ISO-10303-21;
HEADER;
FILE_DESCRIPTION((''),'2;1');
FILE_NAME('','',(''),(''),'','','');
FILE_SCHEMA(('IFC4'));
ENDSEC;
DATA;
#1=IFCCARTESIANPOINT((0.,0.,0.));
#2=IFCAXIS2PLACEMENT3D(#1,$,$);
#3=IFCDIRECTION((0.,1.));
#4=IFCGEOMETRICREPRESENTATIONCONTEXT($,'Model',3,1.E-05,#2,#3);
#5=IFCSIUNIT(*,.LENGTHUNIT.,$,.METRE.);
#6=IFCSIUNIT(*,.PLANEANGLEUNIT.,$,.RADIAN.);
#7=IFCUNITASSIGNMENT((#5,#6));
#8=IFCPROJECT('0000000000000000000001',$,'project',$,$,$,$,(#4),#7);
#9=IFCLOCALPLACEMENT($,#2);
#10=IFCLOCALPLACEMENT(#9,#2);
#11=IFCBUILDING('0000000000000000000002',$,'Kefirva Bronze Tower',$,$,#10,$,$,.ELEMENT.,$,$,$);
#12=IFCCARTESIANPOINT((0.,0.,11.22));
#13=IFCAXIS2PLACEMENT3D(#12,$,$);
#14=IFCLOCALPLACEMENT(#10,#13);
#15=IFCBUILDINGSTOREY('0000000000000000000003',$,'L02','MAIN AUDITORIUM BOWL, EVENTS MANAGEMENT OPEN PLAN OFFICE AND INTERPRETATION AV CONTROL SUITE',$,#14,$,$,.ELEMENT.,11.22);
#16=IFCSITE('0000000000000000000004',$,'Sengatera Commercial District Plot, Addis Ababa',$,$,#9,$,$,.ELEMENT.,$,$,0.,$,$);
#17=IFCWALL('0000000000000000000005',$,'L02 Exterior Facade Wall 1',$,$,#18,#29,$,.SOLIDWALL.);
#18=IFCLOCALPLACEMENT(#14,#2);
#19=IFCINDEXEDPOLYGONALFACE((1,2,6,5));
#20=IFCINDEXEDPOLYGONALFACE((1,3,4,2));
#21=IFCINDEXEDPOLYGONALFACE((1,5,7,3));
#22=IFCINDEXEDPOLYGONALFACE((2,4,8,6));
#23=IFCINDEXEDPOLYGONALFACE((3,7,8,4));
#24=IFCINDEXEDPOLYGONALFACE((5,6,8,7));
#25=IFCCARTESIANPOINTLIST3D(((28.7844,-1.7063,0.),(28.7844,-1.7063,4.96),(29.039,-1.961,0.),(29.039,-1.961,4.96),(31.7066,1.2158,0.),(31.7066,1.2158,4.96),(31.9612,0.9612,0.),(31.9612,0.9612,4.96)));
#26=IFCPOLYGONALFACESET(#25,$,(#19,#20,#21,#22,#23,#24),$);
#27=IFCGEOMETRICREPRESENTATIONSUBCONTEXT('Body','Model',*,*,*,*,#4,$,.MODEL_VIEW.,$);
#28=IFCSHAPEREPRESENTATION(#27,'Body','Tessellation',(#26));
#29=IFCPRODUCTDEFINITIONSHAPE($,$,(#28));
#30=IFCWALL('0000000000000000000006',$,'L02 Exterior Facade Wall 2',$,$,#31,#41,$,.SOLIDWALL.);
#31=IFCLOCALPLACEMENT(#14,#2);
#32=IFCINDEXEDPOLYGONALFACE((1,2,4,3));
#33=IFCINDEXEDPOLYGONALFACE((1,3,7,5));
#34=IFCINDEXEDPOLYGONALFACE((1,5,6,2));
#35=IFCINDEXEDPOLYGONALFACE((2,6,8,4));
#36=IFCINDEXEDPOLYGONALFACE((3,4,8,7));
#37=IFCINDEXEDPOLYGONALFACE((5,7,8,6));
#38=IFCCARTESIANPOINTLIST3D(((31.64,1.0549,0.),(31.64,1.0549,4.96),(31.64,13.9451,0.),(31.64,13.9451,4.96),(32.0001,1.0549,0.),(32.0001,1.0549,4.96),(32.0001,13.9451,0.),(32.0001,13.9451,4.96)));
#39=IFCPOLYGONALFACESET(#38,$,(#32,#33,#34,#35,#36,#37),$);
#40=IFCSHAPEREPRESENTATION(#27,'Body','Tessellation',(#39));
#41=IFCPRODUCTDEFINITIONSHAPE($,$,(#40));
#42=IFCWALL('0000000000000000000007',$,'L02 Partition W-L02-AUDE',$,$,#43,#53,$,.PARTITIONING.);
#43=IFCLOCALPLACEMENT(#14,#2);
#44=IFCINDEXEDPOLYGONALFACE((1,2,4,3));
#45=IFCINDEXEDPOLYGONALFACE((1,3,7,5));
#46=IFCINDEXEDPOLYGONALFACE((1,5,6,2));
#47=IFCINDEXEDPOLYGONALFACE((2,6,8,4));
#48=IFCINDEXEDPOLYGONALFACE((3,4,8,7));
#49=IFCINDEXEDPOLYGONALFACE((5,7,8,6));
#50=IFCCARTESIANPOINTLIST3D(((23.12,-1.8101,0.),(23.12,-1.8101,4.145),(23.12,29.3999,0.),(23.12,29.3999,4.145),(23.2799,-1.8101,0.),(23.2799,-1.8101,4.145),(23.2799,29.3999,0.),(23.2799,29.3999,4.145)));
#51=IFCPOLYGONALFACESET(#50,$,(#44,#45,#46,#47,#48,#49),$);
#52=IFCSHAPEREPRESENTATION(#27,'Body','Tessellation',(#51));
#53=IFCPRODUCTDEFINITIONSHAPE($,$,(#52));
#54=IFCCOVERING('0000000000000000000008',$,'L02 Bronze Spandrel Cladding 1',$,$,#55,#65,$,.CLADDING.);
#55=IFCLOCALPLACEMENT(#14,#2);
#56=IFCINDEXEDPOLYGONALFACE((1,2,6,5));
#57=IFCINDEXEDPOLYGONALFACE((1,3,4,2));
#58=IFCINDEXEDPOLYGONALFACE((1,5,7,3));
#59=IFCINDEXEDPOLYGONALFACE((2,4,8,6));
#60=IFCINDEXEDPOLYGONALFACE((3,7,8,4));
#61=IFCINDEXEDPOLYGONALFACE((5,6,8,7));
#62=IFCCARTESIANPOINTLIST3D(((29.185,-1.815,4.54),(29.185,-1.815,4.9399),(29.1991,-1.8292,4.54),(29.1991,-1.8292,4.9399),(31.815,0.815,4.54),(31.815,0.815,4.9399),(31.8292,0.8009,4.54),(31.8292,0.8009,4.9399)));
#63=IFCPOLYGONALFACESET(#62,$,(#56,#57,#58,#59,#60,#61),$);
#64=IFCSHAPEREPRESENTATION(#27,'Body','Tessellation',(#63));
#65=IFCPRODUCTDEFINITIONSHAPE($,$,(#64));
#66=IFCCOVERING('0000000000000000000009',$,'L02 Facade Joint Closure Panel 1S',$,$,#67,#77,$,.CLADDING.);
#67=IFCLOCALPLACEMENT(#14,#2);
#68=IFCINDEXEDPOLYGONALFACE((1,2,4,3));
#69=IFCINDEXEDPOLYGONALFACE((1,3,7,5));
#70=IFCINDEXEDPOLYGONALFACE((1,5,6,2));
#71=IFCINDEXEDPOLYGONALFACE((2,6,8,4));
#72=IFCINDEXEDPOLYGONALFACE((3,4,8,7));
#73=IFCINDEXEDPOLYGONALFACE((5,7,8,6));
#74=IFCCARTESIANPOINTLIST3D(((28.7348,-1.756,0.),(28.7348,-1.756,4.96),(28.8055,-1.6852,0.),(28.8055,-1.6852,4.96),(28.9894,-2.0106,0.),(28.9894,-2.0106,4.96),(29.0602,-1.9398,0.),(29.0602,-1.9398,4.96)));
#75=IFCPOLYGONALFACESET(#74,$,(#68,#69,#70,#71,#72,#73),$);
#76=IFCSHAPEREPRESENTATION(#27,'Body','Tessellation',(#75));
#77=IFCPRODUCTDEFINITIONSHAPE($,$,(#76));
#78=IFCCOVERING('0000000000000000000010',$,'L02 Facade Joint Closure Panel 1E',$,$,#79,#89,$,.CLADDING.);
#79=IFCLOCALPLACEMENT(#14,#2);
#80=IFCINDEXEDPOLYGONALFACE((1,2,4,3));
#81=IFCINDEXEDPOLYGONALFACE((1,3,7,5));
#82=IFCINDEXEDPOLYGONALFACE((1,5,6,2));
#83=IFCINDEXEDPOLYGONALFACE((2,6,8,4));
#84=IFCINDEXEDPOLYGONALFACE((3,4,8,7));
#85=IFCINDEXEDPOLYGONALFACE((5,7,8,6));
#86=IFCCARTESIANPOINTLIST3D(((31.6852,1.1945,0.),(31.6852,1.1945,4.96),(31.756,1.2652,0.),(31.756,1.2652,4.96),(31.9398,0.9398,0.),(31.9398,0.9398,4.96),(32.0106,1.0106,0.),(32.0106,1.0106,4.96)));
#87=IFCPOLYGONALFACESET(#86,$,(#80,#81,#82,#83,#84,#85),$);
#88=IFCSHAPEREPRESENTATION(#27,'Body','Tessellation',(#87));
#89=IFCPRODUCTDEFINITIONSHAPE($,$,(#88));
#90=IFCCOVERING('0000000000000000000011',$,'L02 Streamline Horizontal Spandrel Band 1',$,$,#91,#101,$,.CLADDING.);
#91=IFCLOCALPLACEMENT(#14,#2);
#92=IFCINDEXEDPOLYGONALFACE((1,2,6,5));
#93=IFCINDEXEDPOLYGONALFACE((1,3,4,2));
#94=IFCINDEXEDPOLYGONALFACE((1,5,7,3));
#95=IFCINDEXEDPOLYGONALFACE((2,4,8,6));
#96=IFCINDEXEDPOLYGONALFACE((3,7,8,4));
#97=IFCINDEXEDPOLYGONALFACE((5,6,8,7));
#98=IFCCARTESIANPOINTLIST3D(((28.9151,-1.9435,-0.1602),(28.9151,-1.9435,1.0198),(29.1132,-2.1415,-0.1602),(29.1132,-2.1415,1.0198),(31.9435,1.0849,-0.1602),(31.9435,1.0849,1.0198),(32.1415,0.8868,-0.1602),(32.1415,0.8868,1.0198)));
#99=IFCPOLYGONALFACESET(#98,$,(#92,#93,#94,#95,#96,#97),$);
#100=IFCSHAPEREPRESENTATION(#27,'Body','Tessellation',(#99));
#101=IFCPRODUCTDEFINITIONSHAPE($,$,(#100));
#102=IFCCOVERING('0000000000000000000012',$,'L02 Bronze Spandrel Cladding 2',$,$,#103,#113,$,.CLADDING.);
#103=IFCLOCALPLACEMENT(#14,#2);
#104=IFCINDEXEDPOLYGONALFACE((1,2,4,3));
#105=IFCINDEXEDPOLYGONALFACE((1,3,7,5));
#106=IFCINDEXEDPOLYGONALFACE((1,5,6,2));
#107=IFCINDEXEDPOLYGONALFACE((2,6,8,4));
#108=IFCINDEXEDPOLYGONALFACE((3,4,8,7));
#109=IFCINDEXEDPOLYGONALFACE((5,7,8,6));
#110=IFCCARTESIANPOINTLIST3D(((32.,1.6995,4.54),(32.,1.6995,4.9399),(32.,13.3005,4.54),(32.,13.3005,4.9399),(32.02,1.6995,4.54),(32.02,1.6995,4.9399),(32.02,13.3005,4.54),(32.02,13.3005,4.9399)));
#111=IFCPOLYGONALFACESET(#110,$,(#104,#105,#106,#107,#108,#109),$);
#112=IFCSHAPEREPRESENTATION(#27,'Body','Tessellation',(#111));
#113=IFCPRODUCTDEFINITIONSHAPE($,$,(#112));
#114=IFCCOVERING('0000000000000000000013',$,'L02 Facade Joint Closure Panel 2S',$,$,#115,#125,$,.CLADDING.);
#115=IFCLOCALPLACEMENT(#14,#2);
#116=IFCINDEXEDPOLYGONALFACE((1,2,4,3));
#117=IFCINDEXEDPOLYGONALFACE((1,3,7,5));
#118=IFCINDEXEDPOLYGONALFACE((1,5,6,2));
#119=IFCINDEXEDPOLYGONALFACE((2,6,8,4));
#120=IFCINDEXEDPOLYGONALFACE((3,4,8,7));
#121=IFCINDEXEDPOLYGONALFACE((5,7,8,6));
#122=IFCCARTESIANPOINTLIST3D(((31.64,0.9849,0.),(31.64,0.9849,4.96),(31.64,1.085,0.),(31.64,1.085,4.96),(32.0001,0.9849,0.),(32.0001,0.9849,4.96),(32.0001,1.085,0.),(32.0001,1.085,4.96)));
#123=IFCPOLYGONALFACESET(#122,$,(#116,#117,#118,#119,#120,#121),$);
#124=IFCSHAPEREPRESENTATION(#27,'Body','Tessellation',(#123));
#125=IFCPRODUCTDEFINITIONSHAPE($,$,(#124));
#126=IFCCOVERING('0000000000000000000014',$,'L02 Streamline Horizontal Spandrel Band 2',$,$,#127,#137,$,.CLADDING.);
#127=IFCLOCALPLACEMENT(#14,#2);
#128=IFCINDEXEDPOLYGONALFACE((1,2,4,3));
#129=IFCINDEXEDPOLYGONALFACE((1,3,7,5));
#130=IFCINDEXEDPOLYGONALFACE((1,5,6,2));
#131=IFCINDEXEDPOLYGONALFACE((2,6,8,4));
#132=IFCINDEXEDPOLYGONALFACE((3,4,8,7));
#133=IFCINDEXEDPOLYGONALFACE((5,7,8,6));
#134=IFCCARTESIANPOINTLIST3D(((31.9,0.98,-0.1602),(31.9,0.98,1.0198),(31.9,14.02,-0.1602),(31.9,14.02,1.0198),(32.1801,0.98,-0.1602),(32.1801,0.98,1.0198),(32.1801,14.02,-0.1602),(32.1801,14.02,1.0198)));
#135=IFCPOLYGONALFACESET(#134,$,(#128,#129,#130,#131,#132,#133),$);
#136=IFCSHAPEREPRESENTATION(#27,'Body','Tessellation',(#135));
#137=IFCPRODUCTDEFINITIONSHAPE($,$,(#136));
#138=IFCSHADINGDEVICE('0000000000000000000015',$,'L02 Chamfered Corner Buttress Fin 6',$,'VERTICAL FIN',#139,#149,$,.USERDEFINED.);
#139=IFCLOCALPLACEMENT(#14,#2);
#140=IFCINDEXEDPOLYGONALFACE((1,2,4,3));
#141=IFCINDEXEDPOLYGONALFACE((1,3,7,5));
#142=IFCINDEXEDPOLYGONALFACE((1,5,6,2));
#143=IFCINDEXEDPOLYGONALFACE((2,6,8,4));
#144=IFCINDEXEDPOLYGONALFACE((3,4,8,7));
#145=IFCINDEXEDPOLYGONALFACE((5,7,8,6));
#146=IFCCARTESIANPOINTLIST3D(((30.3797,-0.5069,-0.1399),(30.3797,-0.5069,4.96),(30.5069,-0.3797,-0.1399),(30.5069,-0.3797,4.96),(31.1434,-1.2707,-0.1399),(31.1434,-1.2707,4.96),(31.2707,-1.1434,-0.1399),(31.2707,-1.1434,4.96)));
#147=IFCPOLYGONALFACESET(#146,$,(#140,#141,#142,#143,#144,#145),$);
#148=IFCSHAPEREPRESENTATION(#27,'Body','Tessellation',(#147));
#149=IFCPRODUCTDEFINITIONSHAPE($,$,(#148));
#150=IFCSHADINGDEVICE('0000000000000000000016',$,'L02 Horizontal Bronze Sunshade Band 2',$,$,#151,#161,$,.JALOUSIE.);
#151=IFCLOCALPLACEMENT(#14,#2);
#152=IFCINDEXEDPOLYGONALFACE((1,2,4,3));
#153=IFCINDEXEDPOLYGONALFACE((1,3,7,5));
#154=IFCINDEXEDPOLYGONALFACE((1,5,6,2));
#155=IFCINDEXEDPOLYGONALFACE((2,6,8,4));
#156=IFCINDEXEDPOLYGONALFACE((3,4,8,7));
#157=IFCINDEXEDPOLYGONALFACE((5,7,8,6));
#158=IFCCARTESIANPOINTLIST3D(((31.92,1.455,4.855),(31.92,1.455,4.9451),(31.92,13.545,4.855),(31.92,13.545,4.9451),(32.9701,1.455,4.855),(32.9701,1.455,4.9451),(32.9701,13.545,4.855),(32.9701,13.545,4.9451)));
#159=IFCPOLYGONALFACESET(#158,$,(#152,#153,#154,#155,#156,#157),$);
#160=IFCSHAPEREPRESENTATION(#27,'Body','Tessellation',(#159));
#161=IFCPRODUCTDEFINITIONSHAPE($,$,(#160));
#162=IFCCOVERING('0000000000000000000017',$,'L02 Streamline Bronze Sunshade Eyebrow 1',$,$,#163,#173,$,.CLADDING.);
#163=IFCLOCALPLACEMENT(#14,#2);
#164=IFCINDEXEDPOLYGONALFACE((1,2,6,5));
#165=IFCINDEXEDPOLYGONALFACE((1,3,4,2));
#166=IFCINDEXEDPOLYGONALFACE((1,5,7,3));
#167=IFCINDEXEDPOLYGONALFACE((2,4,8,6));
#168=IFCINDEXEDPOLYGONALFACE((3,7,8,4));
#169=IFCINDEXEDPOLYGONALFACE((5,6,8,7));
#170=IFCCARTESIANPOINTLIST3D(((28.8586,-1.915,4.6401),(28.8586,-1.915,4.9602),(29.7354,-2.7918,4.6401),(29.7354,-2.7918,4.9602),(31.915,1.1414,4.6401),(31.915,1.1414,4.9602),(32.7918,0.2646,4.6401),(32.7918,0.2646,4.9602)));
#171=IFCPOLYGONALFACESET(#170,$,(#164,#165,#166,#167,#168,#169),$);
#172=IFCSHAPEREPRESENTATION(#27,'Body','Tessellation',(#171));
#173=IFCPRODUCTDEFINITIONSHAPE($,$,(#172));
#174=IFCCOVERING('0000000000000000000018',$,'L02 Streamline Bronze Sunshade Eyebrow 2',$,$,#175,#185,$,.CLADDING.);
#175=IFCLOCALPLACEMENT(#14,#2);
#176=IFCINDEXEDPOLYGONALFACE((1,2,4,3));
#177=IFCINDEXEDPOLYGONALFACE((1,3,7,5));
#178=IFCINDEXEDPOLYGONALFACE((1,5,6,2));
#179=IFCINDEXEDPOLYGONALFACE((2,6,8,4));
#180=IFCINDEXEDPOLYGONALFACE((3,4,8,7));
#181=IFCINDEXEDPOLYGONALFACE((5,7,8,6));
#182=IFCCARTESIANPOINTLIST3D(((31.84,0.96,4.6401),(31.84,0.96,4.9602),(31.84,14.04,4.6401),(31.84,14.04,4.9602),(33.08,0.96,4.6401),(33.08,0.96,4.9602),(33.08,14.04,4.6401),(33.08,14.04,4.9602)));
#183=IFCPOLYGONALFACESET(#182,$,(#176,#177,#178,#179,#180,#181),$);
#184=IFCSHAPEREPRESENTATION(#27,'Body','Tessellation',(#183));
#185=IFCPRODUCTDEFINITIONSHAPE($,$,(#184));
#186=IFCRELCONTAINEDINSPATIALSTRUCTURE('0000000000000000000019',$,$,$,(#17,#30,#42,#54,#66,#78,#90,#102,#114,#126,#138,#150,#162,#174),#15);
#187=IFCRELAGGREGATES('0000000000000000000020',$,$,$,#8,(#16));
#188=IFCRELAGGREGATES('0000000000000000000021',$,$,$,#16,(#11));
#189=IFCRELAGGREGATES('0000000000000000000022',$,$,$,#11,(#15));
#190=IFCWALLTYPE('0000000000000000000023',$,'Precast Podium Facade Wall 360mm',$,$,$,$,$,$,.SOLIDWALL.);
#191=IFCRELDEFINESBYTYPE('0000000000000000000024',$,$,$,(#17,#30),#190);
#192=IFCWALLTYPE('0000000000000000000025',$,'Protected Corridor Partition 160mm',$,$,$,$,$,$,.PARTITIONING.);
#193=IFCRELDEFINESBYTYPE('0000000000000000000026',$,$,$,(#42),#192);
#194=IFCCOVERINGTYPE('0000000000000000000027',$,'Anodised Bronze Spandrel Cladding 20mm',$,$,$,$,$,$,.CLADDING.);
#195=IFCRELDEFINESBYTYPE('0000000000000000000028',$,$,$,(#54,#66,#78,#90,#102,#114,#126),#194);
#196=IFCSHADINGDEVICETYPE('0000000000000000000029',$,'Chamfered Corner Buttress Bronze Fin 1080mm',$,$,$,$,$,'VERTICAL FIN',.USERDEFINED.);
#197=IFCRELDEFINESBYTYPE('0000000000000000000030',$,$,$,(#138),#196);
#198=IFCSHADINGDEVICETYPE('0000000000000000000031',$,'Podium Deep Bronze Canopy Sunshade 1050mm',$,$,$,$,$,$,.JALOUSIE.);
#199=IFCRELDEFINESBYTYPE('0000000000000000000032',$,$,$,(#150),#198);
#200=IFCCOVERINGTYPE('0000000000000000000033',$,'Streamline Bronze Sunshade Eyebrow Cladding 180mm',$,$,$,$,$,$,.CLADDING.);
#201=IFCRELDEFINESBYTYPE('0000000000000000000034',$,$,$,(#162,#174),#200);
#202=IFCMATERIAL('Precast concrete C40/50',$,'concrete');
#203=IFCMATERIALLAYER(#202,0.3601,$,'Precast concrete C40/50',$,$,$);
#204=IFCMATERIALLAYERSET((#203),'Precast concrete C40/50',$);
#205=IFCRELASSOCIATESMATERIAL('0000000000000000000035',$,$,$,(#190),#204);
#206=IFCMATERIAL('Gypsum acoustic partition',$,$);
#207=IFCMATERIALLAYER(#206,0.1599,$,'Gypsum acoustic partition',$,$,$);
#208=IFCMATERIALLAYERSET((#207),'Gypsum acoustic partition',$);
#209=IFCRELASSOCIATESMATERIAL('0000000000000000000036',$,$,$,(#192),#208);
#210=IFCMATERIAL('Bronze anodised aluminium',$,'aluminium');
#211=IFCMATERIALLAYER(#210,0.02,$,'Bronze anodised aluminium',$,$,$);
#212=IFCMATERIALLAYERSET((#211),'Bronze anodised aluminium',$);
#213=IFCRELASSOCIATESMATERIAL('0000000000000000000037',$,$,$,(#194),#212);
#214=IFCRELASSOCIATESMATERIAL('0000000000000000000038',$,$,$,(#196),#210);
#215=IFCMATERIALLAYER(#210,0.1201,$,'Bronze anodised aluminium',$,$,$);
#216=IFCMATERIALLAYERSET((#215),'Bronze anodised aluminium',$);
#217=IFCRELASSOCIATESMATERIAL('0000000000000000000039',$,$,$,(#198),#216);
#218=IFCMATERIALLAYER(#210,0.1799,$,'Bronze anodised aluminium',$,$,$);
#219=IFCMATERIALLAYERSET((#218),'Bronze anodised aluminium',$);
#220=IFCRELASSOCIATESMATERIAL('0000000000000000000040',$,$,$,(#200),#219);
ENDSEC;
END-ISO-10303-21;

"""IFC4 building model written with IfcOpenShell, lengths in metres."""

from ifc_helpers import new_model, si_unit, direction, frame, frame_2d, origin, origin_2d, place, context, subcontext, project, spatial, rectangle, extrude, material, layer, layer_set, material_profile, profile_set, type_object, element, save


model = new_model("IFC4")

# Units and contexts
model_context = context("Model", 3, precision=1e-05, world=origin(), true_north=direction((0.0, 1.0)))
body_context = subcontext(model_context, "Body", "Model", "MODEL_VIEW")
ifc_project = project(units=[si_unit("LENGTHUNIT", "METRE"), si_unit("PLANEANGLEUNIT", "RADIAN")], contexts=[model_context])

# Site, building, storey
site_placement = place(None, origin())
site = spatial("IfcSite", under=ifc_project, at=site_placement, Name="Sengatera Commercial District Plot, Addis Ababa", CompositionType="ELEMENT", RefElevation=0.0)
building_placement = place(site_placement, origin())
building = spatial("IfcBuilding", under=site, at=building_placement, Name="Kefirva Bronze Tower", CompositionType="ELEMENT")
storey_placement = place(building_placement, frame((0.0, 0.0, 11.22)))
storey = spatial("IfcBuildingStorey", under=building, at=storey_placement, Name="L02", Description="MAIN AUDITORIUM BOWL, EVENTS MANAGEMENT OPEN PLAN OFFICE AND INTERPRETATION AV CONTROL SUITE", CompositionType="ELEMENT", Elevation=11.22)

# Shared definitions
ifc_material_1 = material(Name="Bronze anodised aluminium", Category="aluminium")

# Walls
ifc_material_2 = material(Name="Precast concrete C40/50", Category="concrete")
ifc_layer_1 = layer(ifc_material_2, 0.3601, Name="Precast concrete C40/50")
ifc_layer_set_1 = layer_set([ifc_layer_1], Name="Precast concrete C40/50")
wall_type_1 = type_object("IfcWallType", Name="Precast Podium Facade Wall 360mm", PredefinedType="SOLIDWALL", material=ifc_layer_set_1)
wall_1_placement = place(storey_placement, frame((28.9116, -1.8337, 0.0), z_axis=(0.0, 0.0, 1.0), x_axis=(0.707107, 0.707107, 0.0)))
element("IfcWall", 1, at=wall_1_placement, inside=storey, type_object=wall_type_1, Name="L02 Exterior Facade Wall 1", PredefinedType="SOLIDWALL", context=body_context, shape_type="SweptSolid", body=[
    extrude(rectangle(XDim=4.1326, YDim=0.3601, at=frame_2d((2.0664, 0.0))), origin(), (0.0, 0.0, 1.0), 4.96),
])
wall_2_placement = place(storey_placement, frame((31.8201, 1.0549, 0.0), z_axis=(0.0, 0.0, 1.0), x_axis=(0.0, 1.0, 0.0)))
element("IfcWall", 2, at=wall_2_placement, inside=storey, type_object=wall_type_1, Name="L02 Exterior Facade Wall 2", PredefinedType="SOLIDWALL", context=body_context, shape_type="SweptSolid", body=[
    extrude(rectangle(XDim=12.8901, YDim=0.3601, at=frame_2d((6.4451, 0.0))), origin(), (0.0, 0.0, 1.0), 4.96),
])
ifc_material_3 = material(Name="Gypsum acoustic partition")
ifc_layer_2 = layer(ifc_material_3, 0.1599, Name="Gypsum acoustic partition")
ifc_layer_set_2 = layer_set([ifc_layer_2], Name="Gypsum acoustic partition")
wall_type_2 = type_object("IfcWallType", Name="Protected Corridor Partition 160mm", PredefinedType="PARTITIONING", material=ifc_layer_set_2)
wall_3_placement = place(storey_placement, frame((23.2, -1.8101, 0.0), z_axis=(0.0, 0.0, 1.0), x_axis=(0.0, 1.0, 0.0)))
element("IfcWall", 3, at=wall_3_placement, inside=storey, type_object=wall_type_2, Name="L02 Partition W-L02-AUDE", PredefinedType="PARTITIONING", context=body_context, shape_type="SweptSolid", body=[
    extrude(rectangle(XDim=31.21, YDim=0.1599, at=frame_2d((15.605, 0.0))), origin(), (0.0, 0.0, 1.0), 4.145),
])

# Coverings
ifc_layer_3 = layer(ifc_material_1, 0.02, Name="Bronze anodised aluminium")
ifc_layer_set_3 = layer_set([ifc_layer_3], Name="Bronze anodised aluminium")
covering_type_1 = type_object("IfcCoveringType", Name="Anodised Bronze Spandrel Cladding 20mm", PredefinedType="CLADDING", material=ifc_layer_set_3)
covering_1_placement = place(storey_placement, frame((30.5071, -0.5071, 4.54), z_axis=(0.0, 0.0, 1.0), x_axis=(0.707107, 0.707107, 0.0)))
element("IfcCovering", 4, at=covering_1_placement, inside=storey, type_object=covering_type_1, Name="L02 Bronze Spandrel Cladding 1", PredefinedType="CLADDING", context=body_context, shape_type="SweptSolid", body=[
    extrude(rectangle(XDim=3.7195, YDim=0.02, at=origin_2d()), origin(), (0.0, 0.0, 1.0), 0.3999),
])
for number, where, z_axis, x_axis, name in (
    (5, (28.8975, -1.8479, 0.0), (0.0, 0.0, 1.0), (0.707107, 0.707107, 0.0), "L02 Facade Joint Closure Panel 1S"),
    (6, (31.8479, 1.1025, 0.0), (0.0, 0.0, 1.0), (0.707107, 0.707107, 0.0), "L02 Facade Joint Closure Panel 1E"),
):
    element("IfcCovering", number, at=place(storey_placement, frame(where, z_axis=z_axis, x_axis=x_axis)), inside=storey, type_object=covering_type_1, Name=name, PredefinedType="CLADDING", context=body_context, shape_type="SweptSolid", body=[
        extrude(rectangle(XDim=0.1001, YDim=0.3601, at=origin_2d()), origin(), (0.0, 0.0, 1.0), 4.96),
    ])
covering_2_placement = place(storey_placement, frame((30.5283, -0.5283, -0.1602), z_axis=(0.0, 0.0, 1.0), x_axis=(0.707107, 0.707107, 0.0)))
element("IfcCovering", 7, at=covering_2_placement, inside=storey, type_object=covering_type_1, Name="L02 Streamline Horizontal Spandrel Band 1", PredefinedType="CLADDING", context=body_context, shape_type="SweptSolid", body=[
    extrude(rectangle(XDim=4.2827, YDim=0.28, at=origin_2d()), origin(), (0.0, 0.0, 1.0), 1.1799),
])
covering_3_placement = place(storey_placement, frame((32.01, 7.5, 4.54), z_axis=(0.0, 0.0, 1.0), x_axis=(0.0, 1.0, 0.0)))
element("IfcCovering", 8, at=covering_3_placement, inside=storey, type_object=covering_type_1, Name="L02 Bronze Spandrel Cladding 2", PredefinedType="CLADDING", context=body_context, shape_type="SweptSolid", body=[
    extrude(rectangle(XDim=11.6011, YDim=0.02, at=origin_2d()), origin(), (0.0, 0.0, 1.0), 0.3999),
])
covering_4_placement = place(storey_placement, frame((31.8201, 1.0349, 0.0), z_axis=(0.0, 0.0, 1.0), x_axis=(0.0, 1.0, 0.0)))
element("IfcCovering", 9, at=covering_4_placement, inside=storey, type_object=covering_type_1, Name="L02 Facade Joint Closure Panel 2S", PredefinedType="CLADDING", context=body_context, shape_type="SweptSolid", body=[
    extrude(rectangle(XDim=0.1001, YDim=0.3601, at=origin_2d()), origin(), (0.0, 0.0, 1.0), 4.96),
])
covering_5_placement = place(storey_placement, frame((32.04, 7.5, -0.1602), z_axis=(0.0, 0.0, 1.0), x_axis=(0.0, 1.0, 0.0)))
element("IfcCovering", 10, at=covering_5_placement, inside=storey, type_object=covering_type_1, Name="L02 Streamline Horizontal Spandrel Band 2", PredefinedType="CLADDING", context=body_context, shape_type="SweptSolid", body=[
    extrude(rectangle(XDim=13.04, YDim=0.28, at=origin_2d()), origin(), (0.0, 0.0, 1.0), 1.1799),
])

# Shading devices
ifc_material_profile_1 = material_profile(ifc_material_1, rectangle(XDim=0.1799, YDim=1.0801, at=origin_2d()), Name="BRONZE BUTTRESS FIN 180x1080")
ifc_profile_set_1 = profile_set([ifc_material_profile_1], Name="Bronze anodised aluminium")
shading_device_type_1 = type_object("IfcShadingDeviceType", Name="Chamfered Corner Buttress Bronze Fin 1080mm", ElementType="VERTICAL FIN", PredefinedType="USERDEFINED", material=ifc_profile_set_1)
shading_device_1_placement = place(storey_placement, frame((30.8252, -0.8252, -0.1399), z_axis=(0.0, 0.0, 1.0), x_axis=(0.707107, 0.707107, 0.0)))
element("IfcShadingDevice", 11, at=shading_device_1_placement, inside=storey, type_object=shading_device_type_1, Name="L02 Chamfered Corner Buttress Fin 6", ObjectType="VERTICAL FIN", PredefinedType="USERDEFINED", context=body_context, shape_type="SweptSolid", body=[
    extrude(rectangle(XDim=0.1799, YDim=1.0801, at=origin_2d()), origin(), (0.0, 0.0, 1.0), 5.0999),
])
ifc_layer_4 = layer(ifc_material_1, 0.1201, Name="Bronze anodised aluminium")
ifc_layer_set_4 = layer_set([ifc_layer_4], Name="Bronze anodised aluminium")
shading_device_type_2 = type_object("IfcShadingDeviceType", Name="Podium Deep Bronze Canopy Sunshade 1050mm", PredefinedType="JALOUSIE", material=ifc_layer_set_4)
shading_device_2_placement = place(storey_placement, frame((32.4451, 7.5, 4.855), z_axis=(0.0, 0.0, 1.0), x_axis=(0.0, 1.0, 0.0)))
element("IfcShadingDevice", 12, at=shading_device_2_placement, inside=storey, type_object=shading_device_type_2, Name="L02 Horizontal Bronze Sunshade Band 2", PredefinedType="JALOUSIE", context=body_context, shape_type="SweptSolid", body=[
    extrude(rectangle(XDim=12.0901, YDim=1.05, at=origin_2d()), origin(), (0.0, 0.0, 1.0), 0.0901),
])

# Coverings
ifc_layer_5 = layer(ifc_material_1, 0.1799, Name="Bronze anodised aluminium")
ifc_layer_set_5 = layer_set([ifc_layer_5], Name="Bronze anodised aluminium")
covering_type_2 = type_object("IfcCoveringType", Name="Streamline Bronze Sunshade Eyebrow Cladding 180mm", PredefinedType="CLADDING", material=ifc_layer_set_5)
covering_6_placement = place(storey_placement, frame((30.8252, -0.8252, 4.6401), z_axis=(0.0, 0.0, 1.0), x_axis=(0.707107, 0.707107, 0.0)))
element("IfcCovering", 13, at=covering_6_placement, inside=storey, type_object=covering_type_2, Name="L02 Streamline Bronze Sunshade Eyebrow 1", PredefinedType="CLADDING", context=body_context, shape_type="SweptSolid", body=[
    extrude(rectangle(XDim=4.3225, YDim=1.24, at=origin_2d()), origin(), (0.0, 0.0, 1.0), 0.3201),
])
covering_7_placement = place(storey_placement, frame((32.46, 7.5, 4.6401), z_axis=(0.0, 0.0, 1.0), x_axis=(0.0, 1.0, 0.0)))
element("IfcCovering", 14, at=covering_7_placement, inside=storey, type_object=covering_type_2, Name="L02 Streamline Bronze Sunshade Eyebrow 2", PredefinedType="CLADDING", context=body_context, shape_type="SweptSolid", body=[
    extrude(rectangle(XDim=13.0801, YDim=1.24, at=origin_2d()), origin(), (0.0, 0.0, 1.0), 0.3201),
])

save(model, "model.ifc")
